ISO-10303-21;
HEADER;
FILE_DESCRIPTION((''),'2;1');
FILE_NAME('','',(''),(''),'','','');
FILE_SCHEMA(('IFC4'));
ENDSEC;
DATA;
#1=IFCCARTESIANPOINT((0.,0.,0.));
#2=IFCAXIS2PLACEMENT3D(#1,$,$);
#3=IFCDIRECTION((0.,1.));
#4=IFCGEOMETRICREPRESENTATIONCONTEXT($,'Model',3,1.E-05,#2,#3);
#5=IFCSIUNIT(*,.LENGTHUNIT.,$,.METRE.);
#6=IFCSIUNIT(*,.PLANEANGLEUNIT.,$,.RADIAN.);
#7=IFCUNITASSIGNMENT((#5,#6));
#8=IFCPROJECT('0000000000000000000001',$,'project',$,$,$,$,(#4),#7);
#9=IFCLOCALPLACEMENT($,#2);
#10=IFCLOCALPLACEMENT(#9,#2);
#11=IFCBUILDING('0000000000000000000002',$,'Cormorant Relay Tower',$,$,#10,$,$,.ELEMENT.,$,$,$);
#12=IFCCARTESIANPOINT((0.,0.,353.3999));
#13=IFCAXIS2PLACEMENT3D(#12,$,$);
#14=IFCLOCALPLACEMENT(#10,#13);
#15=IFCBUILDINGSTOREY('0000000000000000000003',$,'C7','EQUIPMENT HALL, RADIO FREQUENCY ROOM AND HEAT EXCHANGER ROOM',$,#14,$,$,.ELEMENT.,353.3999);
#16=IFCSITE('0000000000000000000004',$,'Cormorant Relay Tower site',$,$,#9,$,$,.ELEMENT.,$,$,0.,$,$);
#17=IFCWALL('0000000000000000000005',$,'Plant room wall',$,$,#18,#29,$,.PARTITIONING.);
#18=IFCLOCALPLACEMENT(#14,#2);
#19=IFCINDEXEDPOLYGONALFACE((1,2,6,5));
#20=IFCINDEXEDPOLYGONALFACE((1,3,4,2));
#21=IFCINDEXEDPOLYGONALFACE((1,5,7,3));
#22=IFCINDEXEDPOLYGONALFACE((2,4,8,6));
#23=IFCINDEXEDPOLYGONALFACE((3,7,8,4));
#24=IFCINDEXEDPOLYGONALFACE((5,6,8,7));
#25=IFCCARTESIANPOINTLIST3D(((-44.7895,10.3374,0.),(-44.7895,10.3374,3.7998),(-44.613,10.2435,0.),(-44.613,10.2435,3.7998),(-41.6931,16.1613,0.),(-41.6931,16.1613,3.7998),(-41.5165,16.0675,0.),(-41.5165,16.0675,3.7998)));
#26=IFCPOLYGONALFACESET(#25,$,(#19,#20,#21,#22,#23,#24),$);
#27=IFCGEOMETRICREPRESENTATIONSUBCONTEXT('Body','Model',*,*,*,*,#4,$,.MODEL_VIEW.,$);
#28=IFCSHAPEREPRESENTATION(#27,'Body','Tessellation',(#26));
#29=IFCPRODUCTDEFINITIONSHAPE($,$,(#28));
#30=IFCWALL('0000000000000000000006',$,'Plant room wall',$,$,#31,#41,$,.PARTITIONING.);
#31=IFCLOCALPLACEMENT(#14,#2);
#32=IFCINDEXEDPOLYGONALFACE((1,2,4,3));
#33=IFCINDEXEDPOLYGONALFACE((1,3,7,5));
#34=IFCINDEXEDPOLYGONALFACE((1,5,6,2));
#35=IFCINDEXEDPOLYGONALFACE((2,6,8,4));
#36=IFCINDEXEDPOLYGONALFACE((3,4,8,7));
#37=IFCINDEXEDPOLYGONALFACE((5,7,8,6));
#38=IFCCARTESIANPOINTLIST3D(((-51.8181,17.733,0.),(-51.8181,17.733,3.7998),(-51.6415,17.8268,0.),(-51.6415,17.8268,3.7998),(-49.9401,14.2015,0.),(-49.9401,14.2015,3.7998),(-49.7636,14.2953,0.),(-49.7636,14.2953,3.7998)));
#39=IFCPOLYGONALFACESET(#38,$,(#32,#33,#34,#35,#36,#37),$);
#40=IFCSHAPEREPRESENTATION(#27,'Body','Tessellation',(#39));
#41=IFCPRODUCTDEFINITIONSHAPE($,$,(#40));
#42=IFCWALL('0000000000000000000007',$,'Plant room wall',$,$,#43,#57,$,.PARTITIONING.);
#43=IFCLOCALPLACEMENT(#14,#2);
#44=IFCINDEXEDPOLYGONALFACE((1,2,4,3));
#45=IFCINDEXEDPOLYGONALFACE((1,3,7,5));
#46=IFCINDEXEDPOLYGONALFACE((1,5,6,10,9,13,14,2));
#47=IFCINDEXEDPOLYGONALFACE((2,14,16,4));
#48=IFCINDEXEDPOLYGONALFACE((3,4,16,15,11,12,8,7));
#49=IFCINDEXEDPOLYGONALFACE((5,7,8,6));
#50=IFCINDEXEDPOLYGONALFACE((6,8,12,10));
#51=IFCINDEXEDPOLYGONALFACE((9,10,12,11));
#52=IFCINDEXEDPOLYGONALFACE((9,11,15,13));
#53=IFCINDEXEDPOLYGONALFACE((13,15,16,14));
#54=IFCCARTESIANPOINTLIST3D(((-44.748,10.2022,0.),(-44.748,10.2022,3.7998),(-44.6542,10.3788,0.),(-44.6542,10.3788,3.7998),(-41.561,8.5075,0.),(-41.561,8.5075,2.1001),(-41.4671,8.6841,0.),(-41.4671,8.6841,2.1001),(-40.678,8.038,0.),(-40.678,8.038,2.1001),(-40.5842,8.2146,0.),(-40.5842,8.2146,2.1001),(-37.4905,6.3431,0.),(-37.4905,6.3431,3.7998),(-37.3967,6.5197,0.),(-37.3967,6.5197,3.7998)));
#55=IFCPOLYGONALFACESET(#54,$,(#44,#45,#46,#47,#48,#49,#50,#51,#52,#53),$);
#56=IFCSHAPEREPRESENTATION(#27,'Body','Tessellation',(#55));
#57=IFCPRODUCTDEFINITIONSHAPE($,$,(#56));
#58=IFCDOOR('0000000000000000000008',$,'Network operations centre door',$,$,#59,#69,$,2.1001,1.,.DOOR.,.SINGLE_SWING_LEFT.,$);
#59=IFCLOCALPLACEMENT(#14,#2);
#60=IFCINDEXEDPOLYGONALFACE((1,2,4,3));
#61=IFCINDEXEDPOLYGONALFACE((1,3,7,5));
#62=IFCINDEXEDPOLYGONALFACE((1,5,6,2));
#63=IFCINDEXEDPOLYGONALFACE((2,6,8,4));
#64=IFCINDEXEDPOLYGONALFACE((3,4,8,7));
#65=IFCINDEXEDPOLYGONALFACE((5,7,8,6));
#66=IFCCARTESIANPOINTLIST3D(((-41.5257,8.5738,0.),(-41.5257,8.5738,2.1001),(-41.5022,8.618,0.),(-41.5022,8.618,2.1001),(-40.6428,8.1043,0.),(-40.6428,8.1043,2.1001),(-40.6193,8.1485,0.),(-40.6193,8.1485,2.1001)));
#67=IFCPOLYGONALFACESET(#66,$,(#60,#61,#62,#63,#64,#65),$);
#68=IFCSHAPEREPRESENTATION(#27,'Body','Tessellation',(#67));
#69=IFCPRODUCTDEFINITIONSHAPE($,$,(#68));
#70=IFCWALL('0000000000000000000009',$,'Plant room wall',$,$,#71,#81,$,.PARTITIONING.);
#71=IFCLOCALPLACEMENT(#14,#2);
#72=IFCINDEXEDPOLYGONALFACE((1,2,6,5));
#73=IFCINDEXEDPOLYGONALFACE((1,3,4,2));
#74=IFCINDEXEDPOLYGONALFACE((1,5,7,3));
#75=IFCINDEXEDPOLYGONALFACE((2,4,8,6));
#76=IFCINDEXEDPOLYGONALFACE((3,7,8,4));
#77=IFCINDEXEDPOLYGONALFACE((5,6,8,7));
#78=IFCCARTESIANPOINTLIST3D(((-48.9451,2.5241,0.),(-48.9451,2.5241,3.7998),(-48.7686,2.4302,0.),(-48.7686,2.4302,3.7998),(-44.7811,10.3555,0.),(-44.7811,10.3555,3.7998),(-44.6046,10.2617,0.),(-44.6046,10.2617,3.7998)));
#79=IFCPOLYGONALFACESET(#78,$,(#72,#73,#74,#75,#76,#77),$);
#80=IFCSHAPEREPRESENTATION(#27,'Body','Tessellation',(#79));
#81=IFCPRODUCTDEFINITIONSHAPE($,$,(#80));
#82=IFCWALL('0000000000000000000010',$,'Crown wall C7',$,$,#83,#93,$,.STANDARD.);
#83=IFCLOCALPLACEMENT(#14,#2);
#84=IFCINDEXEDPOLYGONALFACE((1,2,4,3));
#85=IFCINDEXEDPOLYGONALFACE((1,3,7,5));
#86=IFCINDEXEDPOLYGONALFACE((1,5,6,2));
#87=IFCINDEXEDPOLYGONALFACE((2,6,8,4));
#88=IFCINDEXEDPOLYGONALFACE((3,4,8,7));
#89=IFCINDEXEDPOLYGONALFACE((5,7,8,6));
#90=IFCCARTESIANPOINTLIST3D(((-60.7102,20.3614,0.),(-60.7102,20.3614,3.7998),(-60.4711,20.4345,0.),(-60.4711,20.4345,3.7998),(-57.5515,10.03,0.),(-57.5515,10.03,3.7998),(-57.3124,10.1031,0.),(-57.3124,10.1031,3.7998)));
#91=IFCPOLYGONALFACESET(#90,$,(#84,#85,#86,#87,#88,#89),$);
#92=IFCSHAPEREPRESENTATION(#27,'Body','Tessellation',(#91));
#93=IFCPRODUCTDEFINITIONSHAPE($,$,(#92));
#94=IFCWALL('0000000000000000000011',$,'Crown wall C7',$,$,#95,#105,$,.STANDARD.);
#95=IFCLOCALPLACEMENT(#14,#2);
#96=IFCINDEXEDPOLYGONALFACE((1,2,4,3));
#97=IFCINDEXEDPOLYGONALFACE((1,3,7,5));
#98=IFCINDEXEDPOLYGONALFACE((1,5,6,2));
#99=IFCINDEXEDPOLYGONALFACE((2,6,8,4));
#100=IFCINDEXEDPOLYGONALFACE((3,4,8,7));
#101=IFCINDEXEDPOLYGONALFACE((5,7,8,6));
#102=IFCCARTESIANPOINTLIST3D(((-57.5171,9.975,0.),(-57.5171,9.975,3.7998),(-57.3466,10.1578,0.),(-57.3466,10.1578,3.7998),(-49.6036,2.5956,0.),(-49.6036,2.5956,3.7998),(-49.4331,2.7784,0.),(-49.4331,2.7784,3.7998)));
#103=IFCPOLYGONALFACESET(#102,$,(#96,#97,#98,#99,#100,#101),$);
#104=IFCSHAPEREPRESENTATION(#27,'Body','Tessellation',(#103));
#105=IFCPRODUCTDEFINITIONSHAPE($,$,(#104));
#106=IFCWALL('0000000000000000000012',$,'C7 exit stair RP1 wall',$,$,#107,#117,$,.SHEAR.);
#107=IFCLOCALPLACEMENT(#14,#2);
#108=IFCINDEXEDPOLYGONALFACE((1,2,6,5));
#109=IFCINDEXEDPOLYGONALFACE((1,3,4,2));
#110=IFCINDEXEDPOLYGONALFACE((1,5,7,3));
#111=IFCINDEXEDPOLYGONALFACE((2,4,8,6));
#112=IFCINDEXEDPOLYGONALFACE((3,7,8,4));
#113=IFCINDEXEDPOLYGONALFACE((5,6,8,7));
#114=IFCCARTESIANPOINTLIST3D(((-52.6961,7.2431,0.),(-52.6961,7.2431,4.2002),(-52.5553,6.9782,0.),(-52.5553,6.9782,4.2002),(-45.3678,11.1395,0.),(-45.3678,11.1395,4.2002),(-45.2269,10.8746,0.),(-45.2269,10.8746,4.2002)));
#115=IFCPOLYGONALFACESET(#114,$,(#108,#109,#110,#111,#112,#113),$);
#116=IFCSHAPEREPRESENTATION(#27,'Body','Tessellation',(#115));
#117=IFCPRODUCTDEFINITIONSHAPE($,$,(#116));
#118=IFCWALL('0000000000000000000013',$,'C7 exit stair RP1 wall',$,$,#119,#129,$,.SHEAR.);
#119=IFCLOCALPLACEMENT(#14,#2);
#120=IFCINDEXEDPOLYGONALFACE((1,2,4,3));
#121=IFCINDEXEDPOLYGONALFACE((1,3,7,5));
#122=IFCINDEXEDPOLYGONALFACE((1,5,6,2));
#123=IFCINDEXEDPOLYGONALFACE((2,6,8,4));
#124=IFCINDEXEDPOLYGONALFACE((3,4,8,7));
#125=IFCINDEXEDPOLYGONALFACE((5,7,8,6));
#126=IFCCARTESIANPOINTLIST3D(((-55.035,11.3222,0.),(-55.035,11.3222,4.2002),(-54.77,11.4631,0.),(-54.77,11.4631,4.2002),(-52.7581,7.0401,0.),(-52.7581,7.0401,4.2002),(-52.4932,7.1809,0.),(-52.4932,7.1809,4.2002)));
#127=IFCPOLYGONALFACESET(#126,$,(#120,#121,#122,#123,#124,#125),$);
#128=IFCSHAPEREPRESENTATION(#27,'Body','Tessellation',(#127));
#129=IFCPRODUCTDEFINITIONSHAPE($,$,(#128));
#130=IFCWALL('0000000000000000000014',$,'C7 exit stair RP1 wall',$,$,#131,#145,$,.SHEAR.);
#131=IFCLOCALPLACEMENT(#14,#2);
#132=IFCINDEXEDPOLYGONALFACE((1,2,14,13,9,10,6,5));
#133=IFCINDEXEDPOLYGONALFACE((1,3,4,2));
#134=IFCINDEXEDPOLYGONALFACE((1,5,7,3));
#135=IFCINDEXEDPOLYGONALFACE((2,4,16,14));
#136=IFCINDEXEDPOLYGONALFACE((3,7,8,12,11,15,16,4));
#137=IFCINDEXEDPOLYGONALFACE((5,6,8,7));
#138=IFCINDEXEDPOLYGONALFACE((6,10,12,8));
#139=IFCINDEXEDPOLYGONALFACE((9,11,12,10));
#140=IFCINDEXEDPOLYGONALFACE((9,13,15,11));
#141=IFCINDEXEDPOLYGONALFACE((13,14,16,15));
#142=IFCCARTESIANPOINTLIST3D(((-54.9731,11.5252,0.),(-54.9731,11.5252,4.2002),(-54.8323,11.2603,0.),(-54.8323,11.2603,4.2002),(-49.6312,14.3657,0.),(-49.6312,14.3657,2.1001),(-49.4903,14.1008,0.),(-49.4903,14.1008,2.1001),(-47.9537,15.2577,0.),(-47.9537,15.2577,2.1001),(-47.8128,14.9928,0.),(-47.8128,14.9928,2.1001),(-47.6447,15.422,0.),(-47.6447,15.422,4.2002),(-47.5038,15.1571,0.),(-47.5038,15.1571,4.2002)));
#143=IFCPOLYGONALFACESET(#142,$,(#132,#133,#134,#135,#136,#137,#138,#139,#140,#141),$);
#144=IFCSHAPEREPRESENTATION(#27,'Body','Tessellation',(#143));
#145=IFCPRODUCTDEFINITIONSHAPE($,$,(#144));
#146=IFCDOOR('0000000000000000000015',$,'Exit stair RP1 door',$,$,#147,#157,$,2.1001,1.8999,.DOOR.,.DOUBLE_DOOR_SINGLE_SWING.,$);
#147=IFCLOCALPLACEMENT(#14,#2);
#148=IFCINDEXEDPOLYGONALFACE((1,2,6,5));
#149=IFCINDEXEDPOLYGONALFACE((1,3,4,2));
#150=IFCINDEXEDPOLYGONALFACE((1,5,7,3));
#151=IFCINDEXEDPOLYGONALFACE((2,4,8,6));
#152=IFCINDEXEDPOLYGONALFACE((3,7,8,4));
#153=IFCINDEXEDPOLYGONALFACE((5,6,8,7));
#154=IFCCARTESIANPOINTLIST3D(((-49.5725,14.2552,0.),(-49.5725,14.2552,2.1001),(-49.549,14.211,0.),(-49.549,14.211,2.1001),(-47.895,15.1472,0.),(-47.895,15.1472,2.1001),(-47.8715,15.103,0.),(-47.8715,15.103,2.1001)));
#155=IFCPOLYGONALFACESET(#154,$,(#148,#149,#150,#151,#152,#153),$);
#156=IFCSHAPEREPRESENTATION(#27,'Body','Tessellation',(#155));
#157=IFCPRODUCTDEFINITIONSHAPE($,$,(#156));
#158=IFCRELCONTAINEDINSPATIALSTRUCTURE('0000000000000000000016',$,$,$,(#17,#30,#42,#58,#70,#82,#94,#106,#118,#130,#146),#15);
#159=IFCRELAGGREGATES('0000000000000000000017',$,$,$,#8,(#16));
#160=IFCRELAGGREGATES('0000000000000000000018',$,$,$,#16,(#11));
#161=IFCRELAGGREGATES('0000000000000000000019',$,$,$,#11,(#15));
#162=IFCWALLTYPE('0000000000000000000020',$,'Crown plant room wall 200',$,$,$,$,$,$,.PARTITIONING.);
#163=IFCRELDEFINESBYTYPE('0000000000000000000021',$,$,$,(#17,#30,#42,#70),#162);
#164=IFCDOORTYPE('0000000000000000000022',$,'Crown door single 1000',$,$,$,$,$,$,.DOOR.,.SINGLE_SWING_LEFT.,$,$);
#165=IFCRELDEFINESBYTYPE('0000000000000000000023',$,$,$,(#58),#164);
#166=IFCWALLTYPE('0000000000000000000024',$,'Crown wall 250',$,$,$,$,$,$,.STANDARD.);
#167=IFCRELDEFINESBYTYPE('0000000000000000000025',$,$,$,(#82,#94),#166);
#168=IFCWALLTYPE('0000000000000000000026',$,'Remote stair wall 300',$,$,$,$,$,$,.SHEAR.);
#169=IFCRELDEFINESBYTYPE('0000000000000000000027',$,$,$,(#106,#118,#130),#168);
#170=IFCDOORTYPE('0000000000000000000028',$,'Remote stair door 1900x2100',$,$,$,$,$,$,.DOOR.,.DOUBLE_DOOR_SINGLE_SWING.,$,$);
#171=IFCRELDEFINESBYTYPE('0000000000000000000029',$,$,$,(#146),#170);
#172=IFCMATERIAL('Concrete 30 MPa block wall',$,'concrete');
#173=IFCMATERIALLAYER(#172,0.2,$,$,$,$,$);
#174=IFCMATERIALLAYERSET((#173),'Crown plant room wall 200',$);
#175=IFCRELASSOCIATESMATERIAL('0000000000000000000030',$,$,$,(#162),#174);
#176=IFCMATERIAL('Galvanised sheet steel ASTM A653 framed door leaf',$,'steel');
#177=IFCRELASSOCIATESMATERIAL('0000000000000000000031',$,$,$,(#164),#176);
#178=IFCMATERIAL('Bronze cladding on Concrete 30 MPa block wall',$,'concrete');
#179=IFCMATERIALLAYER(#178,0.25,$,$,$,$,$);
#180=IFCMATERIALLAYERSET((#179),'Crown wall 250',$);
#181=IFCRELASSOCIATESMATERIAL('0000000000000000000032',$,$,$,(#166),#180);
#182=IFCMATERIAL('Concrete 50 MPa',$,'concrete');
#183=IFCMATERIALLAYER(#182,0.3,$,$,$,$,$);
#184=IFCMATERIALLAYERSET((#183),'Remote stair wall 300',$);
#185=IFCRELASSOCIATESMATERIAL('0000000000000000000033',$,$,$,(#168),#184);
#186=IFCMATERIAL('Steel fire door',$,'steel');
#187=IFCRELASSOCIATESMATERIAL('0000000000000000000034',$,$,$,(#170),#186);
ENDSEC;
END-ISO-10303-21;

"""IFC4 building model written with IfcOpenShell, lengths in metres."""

from ifc_helpers import new_model, si_unit, direction, frame, frame_2d, origin, place, context, subcontext, project, spatial, rectangle, extrude, material, layer, layer_set, type_object, element, fill, save


model = new_model("IFC4")

# Units and contexts
model_context = context("Model", 3, precision=1e-05, world=origin(), true_north=direction((0.0, 1.0)))
body_context = subcontext(model_context, "Body", "Model", "MODEL_VIEW")
ifc_project = project(units=[si_unit("LENGTHUNIT", "METRE"), si_unit("PLANEANGLEUNIT", "RADIAN")], contexts=[model_context])

# Site, building, storey
site_placement = place(None, origin())
site = spatial("IfcSite", under=ifc_project, at=site_placement, Name="Cormorant Relay Tower site", CompositionType="ELEMENT", RefElevation=0.0)
building_placement = place(site_placement, origin())
building = spatial("IfcBuilding", under=site, at=building_placement, Name="Cormorant Relay Tower", CompositionType="ELEMENT")
storey_placement = place(building_placement, frame((0.0, 0.0, 353.3999)))
storey = spatial("IfcBuildingStorey", under=building, at=storey_placement, Name="C7", Description="EQUIPMENT HALL, RADIO FREQUENCY ROOM AND HEAT EXCHANGER ROOM", CompositionType="ELEMENT", Elevation=353.3999)

# Walls
ifc_material_1 = material(Name="Concrete 30 MPa block wall", Category="concrete")
ifc_layer_1 = layer(ifc_material_1, 0.2)
ifc_layer_set_1 = layer_set([ifc_layer_1], Name="Crown plant room wall 200")
wall_type_1 = type_object("IfcWallType", Name="Crown plant room wall 200", PredefinedType="PARTITIONING", material=ifc_layer_set_1)
wall_1_placement = place(storey_placement, frame((-44.7012, 10.2905, 0.0), z_axis=(0.0, 0.0, 1.0), x_axis=(0.469445, 0.882962, 0.0)))
element("IfcWall", 1, at=wall_1_placement, inside=storey, type_object=wall_type_1, Name="Plant room wall", PredefinedType="PARTITIONING", context=body_context, shape_type="SweptSolid", body=[
    extrude(rectangle(XDim=6.5959, YDim=0.2, at=frame_2d((3.2979, 0.0))), origin(), (0.0, 0.0, 1.0), 3.7998),
])
wall_2_placement = place(storey_placement, frame((-49.8518, 14.2483, 0.0), z_axis=(0.0, 0.0, 1.0), x_axis=(-0.469511, 0.882927, 0.0)))
element("IfcWall", 2, at=wall_2_placement, inside=storey, type_object=wall_type_1, Name="Plant room wall", PredefinedType="PARTITIONING", context=body_context, shape_type="SweptSolid", body=[
    extrude(rectangle(XDim=3.9998, YDim=0.2, at=frame_2d((2.0, 0.0))), origin(), (0.0, 0.0, 1.0), 3.7998),
])

# Wall, opening, door
wall_3_placement = place(storey_placement, frame((-37.4436, 6.4314, 0.0), z_axis=(0.0, 0.0, 1.0), x_axis=(-0.882937, 0.469492, 0.0)))
wall_3 = element("IfcWall", 3, at=wall_3_placement, inside=storey, type_object=wall_type_1, Name="Plant room wall", PredefinedType="PARTITIONING", context=body_context, shape_type="SweptSolid", body=[
    extrude(rectangle(XDim=8.2197, YDim=0.2, at=frame_2d((4.1099, 0.0))), origin(), (0.0, 0.0, 1.0), 3.7998),
])
opening_1_placement = place(wall_3_placement, frame((3.6101, 0.0, 0.0)))
opening_1 = element("IfcOpeningElement", 4, at=opening_1_placement, cuts=wall_3, PredefinedType="OPENING", context=body_context, shape_type="SweptSolid", body=[
    extrude(rectangle(XDim=1.0, YDim=2.1001, at=frame_2d((0.5, 1.05))), frame((0.0, 0.1099, 0.0), z_axis=(0.0, -1.0, 0.0), x_axis=(1.0, 0.0, 0.0)), (0.0, 0.0, 1.0), 0.22),
])
ifc_material_2 = material(Name="Galvanised sheet steel ASTM A653 framed door leaf", Category="steel")
door_type_1 = type_object("IfcDoorType", Name="Crown door single 1000", OperationType="SINGLE_SWING_LEFT", PredefinedType="DOOR", material=ifc_material_2)
door_1_placement = place(opening_1_placement, origin())
door_1 = element("IfcDoor", 5, at=door_1_placement, inside=storey, type_object=door_type_1, Name="Network operations centre door", OperationType="SINGLE_SWING_LEFT", OverallHeight=2.1001, OverallWidth=1.0, PredefinedType="DOOR", context=body_context, shape_type="SweptSolid", body=[
    extrude(rectangle(XDim=1.0, YDim=2.1001, at=frame_2d((0.5, 1.05))), frame((0.0, 0.0249, 0.0), z_axis=(0.0, -1.0, 0.0), x_axis=(1.0, 0.0, 0.0)), (0.0, 0.0, 1.0), 0.05),
])
fill(opening_1, door_1)

# Walls
wall_4_placement = place(storey_placement, frame((-44.6929, 10.3086, 0.0), z_axis=(0.0, 0.0, 1.0), x_axis=(-0.469468, -0.88295, 0.0)))
element("IfcWall", 6, at=wall_4_placement, inside=storey, type_object=wall_type_1, Name="Plant room wall", PredefinedType="PARTITIONING", context=body_context, shape_type="SweptSolid", body=[
    extrude(rectangle(XDim=8.8696, YDim=0.2, at=frame_2d((4.4348, 0.0))), origin(), (0.0, 0.0, 1.0), 3.7998),
])
ifc_material_3 = material(Name="Bronze cladding on Concrete 30 MPa block wall", Category="concrete")
ifc_layer_2 = layer(ifc_material_3, 0.25)
ifc_layer_set_2 = layer_set([ifc_layer_2], Name="Crown wall 250")
wall_type_2 = type_object("IfcWallType", Name="Crown wall 250", PredefinedType="STANDARD", material=ifc_layer_set_2)
wall_5_placement = place(storey_placement, frame((-57.4319, 10.0664, 0.0), z_axis=(0.0, 0.0, 1.0), x_axis=(-0.29238, 0.956302, 0.0)))
element("IfcWall", 7, at=wall_5_placement, inside=storey, type_object=wall_type_2, Name="Crown wall C7", PredefinedType="STANDARD", context=body_context, shape_type="SweptSolid", body=[
    extrude(rectangle(XDim=10.8035, YDim=0.25, at=frame_2d((5.4019, 0.0))), origin(), (0.0, 0.0, 1.0), 3.7998),
])
wall_6_placement = place(storey_placement, frame((-49.5183, 2.687, 0.0), z_axis=(0.0, 0.0, 1.0), x_axis=(-0.73136, 0.681992, 0.0)))
element("IfcWall", 8, at=wall_6_placement, inside=storey, type_object=wall_type_2, Name="Crown wall C7", PredefinedType="STANDARD", context=body_context, shape_type="SweptSolid", body=[
    extrude(rectangle(XDim=10.8203, YDim=0.25, at=frame_2d((5.4102, 0.0))), origin(), (0.0, 0.0, 1.0), 3.7998),
])
ifc_material_4 = material(Name="Concrete 50 MPa", Category="concrete")
ifc_layer_3 = layer(ifc_material_4, 0.3)
ifc_layer_set_3 = layer_set([ifc_layer_3], Name="Remote stair wall 300")
wall_type_3 = type_object("IfcWallType", Name="Remote stair wall 300", PredefinedType="SHEAR", material=ifc_layer_set_3)
wall_7_placement = place(storey_placement, frame((-45.2974, 11.0071, 0.0), z_axis=(0.0, 0.0, 1.0), x_axis=(-0.882952, -0.469464, 0.0)))
element("IfcWall", 9, at=wall_7_placement, inside=storey, type_object=wall_type_3, Name="C7 exit stair RP1 wall", PredefinedType="SHEAR", context=body_context, shape_type="SweptSolid", body=[
    extrude(rectangle(XDim=8.2998, YDim=0.3, at=frame_2d((4.1499, 0.0))), origin(), (0.0, 0.0, 1.0), 4.2002),
])
wall_8_placement = place(storey_placement, frame((-52.6257, 7.1106, 0.0), z_axis=(0.0, 0.0, 1.0), x_axis=(-0.469464, 0.882951, 0.0)))
element("IfcWall", 10, at=wall_8_placement, inside=storey, type_object=wall_type_3, Name="C7 exit stair RP1 wall", PredefinedType="SHEAR", context=body_context, shape_type="SweptSolid", body=[
    extrude(rectangle(XDim=4.8499, YDim=0.3, at=frame_2d((2.4248, 0.0))), origin(), (0.0, 0.0, 1.0), 4.2002),
])

# Wall, opening, door
wall_9_placement = place(storey_placement, frame((-54.9026, 11.3928, 0.0), z_axis=(0.0, 0.0, 1.0), x_axis=(0.882939, 0.469487, 0.0)))
wall_9 = element("IfcWall", 11, at=wall_9_placement, inside=storey, type_object=wall_type_3, Name="C7 exit stair RP1 wall", PredefinedType="SHEAR", context=body_context, shape_type="SweptSolid", body=[
    extrude(rectangle(XDim=8.3, YDim=0.3, at=frame_2d((4.1499, 0.0))), origin(), (0.0, 0.0, 1.0), 4.2002),
])
opening_2_placement = place(wall_9_placement, frame((6.05, 0.0, 0.0)))
opening_2 = element("IfcOpeningElement", 12, at=opening_2_placement, cuts=wall_9, PredefinedType="OPENING", context=body_context, shape_type="SweptSolid", body=[
    extrude(rectangle(XDim=1.8999, YDim=2.1001, at=frame_2d((0.95, 1.05))), frame((0.0, 0.1599, 0.0), z_axis=(0.0, -1.0, 0.0), x_axis=(1.0, 0.0, 0.0)), (0.0, 0.0, 1.0), 0.3201),
])
ifc_material_5 = material(Name="Steel fire door", Category="steel")
door_type_2 = type_object("IfcDoorType", Name="Remote stair door 1900x2100", OperationType="DOUBLE_DOOR_SINGLE_SWING", PredefinedType="DOOR", material=ifc_material_5)
door_2_placement = place(opening_2_placement, origin())
door_2 = element("IfcDoor", 13, at=door_2_placement, inside=storey, type_object=door_type_2, Name="Exit stair RP1 door", OperationType="DOUBLE_DOOR_SINGLE_SWING", OverallHeight=2.1001, OverallWidth=1.8999, PredefinedType="DOOR", context=body_context, shape_type="SweptSolid", body=[
    extrude(rectangle(XDim=1.8999, YDim=2.1001, at=frame_2d((0.95, 1.05))), frame((0.0, 0.0249, 0.0), z_axis=(0.0, -1.0, 0.0), x_axis=(1.0, 0.0, 0.0)), (0.0, 0.0, 1.0), 0.05),
])
fill(opening_2, door_2)

save(model, "model.ifc")
